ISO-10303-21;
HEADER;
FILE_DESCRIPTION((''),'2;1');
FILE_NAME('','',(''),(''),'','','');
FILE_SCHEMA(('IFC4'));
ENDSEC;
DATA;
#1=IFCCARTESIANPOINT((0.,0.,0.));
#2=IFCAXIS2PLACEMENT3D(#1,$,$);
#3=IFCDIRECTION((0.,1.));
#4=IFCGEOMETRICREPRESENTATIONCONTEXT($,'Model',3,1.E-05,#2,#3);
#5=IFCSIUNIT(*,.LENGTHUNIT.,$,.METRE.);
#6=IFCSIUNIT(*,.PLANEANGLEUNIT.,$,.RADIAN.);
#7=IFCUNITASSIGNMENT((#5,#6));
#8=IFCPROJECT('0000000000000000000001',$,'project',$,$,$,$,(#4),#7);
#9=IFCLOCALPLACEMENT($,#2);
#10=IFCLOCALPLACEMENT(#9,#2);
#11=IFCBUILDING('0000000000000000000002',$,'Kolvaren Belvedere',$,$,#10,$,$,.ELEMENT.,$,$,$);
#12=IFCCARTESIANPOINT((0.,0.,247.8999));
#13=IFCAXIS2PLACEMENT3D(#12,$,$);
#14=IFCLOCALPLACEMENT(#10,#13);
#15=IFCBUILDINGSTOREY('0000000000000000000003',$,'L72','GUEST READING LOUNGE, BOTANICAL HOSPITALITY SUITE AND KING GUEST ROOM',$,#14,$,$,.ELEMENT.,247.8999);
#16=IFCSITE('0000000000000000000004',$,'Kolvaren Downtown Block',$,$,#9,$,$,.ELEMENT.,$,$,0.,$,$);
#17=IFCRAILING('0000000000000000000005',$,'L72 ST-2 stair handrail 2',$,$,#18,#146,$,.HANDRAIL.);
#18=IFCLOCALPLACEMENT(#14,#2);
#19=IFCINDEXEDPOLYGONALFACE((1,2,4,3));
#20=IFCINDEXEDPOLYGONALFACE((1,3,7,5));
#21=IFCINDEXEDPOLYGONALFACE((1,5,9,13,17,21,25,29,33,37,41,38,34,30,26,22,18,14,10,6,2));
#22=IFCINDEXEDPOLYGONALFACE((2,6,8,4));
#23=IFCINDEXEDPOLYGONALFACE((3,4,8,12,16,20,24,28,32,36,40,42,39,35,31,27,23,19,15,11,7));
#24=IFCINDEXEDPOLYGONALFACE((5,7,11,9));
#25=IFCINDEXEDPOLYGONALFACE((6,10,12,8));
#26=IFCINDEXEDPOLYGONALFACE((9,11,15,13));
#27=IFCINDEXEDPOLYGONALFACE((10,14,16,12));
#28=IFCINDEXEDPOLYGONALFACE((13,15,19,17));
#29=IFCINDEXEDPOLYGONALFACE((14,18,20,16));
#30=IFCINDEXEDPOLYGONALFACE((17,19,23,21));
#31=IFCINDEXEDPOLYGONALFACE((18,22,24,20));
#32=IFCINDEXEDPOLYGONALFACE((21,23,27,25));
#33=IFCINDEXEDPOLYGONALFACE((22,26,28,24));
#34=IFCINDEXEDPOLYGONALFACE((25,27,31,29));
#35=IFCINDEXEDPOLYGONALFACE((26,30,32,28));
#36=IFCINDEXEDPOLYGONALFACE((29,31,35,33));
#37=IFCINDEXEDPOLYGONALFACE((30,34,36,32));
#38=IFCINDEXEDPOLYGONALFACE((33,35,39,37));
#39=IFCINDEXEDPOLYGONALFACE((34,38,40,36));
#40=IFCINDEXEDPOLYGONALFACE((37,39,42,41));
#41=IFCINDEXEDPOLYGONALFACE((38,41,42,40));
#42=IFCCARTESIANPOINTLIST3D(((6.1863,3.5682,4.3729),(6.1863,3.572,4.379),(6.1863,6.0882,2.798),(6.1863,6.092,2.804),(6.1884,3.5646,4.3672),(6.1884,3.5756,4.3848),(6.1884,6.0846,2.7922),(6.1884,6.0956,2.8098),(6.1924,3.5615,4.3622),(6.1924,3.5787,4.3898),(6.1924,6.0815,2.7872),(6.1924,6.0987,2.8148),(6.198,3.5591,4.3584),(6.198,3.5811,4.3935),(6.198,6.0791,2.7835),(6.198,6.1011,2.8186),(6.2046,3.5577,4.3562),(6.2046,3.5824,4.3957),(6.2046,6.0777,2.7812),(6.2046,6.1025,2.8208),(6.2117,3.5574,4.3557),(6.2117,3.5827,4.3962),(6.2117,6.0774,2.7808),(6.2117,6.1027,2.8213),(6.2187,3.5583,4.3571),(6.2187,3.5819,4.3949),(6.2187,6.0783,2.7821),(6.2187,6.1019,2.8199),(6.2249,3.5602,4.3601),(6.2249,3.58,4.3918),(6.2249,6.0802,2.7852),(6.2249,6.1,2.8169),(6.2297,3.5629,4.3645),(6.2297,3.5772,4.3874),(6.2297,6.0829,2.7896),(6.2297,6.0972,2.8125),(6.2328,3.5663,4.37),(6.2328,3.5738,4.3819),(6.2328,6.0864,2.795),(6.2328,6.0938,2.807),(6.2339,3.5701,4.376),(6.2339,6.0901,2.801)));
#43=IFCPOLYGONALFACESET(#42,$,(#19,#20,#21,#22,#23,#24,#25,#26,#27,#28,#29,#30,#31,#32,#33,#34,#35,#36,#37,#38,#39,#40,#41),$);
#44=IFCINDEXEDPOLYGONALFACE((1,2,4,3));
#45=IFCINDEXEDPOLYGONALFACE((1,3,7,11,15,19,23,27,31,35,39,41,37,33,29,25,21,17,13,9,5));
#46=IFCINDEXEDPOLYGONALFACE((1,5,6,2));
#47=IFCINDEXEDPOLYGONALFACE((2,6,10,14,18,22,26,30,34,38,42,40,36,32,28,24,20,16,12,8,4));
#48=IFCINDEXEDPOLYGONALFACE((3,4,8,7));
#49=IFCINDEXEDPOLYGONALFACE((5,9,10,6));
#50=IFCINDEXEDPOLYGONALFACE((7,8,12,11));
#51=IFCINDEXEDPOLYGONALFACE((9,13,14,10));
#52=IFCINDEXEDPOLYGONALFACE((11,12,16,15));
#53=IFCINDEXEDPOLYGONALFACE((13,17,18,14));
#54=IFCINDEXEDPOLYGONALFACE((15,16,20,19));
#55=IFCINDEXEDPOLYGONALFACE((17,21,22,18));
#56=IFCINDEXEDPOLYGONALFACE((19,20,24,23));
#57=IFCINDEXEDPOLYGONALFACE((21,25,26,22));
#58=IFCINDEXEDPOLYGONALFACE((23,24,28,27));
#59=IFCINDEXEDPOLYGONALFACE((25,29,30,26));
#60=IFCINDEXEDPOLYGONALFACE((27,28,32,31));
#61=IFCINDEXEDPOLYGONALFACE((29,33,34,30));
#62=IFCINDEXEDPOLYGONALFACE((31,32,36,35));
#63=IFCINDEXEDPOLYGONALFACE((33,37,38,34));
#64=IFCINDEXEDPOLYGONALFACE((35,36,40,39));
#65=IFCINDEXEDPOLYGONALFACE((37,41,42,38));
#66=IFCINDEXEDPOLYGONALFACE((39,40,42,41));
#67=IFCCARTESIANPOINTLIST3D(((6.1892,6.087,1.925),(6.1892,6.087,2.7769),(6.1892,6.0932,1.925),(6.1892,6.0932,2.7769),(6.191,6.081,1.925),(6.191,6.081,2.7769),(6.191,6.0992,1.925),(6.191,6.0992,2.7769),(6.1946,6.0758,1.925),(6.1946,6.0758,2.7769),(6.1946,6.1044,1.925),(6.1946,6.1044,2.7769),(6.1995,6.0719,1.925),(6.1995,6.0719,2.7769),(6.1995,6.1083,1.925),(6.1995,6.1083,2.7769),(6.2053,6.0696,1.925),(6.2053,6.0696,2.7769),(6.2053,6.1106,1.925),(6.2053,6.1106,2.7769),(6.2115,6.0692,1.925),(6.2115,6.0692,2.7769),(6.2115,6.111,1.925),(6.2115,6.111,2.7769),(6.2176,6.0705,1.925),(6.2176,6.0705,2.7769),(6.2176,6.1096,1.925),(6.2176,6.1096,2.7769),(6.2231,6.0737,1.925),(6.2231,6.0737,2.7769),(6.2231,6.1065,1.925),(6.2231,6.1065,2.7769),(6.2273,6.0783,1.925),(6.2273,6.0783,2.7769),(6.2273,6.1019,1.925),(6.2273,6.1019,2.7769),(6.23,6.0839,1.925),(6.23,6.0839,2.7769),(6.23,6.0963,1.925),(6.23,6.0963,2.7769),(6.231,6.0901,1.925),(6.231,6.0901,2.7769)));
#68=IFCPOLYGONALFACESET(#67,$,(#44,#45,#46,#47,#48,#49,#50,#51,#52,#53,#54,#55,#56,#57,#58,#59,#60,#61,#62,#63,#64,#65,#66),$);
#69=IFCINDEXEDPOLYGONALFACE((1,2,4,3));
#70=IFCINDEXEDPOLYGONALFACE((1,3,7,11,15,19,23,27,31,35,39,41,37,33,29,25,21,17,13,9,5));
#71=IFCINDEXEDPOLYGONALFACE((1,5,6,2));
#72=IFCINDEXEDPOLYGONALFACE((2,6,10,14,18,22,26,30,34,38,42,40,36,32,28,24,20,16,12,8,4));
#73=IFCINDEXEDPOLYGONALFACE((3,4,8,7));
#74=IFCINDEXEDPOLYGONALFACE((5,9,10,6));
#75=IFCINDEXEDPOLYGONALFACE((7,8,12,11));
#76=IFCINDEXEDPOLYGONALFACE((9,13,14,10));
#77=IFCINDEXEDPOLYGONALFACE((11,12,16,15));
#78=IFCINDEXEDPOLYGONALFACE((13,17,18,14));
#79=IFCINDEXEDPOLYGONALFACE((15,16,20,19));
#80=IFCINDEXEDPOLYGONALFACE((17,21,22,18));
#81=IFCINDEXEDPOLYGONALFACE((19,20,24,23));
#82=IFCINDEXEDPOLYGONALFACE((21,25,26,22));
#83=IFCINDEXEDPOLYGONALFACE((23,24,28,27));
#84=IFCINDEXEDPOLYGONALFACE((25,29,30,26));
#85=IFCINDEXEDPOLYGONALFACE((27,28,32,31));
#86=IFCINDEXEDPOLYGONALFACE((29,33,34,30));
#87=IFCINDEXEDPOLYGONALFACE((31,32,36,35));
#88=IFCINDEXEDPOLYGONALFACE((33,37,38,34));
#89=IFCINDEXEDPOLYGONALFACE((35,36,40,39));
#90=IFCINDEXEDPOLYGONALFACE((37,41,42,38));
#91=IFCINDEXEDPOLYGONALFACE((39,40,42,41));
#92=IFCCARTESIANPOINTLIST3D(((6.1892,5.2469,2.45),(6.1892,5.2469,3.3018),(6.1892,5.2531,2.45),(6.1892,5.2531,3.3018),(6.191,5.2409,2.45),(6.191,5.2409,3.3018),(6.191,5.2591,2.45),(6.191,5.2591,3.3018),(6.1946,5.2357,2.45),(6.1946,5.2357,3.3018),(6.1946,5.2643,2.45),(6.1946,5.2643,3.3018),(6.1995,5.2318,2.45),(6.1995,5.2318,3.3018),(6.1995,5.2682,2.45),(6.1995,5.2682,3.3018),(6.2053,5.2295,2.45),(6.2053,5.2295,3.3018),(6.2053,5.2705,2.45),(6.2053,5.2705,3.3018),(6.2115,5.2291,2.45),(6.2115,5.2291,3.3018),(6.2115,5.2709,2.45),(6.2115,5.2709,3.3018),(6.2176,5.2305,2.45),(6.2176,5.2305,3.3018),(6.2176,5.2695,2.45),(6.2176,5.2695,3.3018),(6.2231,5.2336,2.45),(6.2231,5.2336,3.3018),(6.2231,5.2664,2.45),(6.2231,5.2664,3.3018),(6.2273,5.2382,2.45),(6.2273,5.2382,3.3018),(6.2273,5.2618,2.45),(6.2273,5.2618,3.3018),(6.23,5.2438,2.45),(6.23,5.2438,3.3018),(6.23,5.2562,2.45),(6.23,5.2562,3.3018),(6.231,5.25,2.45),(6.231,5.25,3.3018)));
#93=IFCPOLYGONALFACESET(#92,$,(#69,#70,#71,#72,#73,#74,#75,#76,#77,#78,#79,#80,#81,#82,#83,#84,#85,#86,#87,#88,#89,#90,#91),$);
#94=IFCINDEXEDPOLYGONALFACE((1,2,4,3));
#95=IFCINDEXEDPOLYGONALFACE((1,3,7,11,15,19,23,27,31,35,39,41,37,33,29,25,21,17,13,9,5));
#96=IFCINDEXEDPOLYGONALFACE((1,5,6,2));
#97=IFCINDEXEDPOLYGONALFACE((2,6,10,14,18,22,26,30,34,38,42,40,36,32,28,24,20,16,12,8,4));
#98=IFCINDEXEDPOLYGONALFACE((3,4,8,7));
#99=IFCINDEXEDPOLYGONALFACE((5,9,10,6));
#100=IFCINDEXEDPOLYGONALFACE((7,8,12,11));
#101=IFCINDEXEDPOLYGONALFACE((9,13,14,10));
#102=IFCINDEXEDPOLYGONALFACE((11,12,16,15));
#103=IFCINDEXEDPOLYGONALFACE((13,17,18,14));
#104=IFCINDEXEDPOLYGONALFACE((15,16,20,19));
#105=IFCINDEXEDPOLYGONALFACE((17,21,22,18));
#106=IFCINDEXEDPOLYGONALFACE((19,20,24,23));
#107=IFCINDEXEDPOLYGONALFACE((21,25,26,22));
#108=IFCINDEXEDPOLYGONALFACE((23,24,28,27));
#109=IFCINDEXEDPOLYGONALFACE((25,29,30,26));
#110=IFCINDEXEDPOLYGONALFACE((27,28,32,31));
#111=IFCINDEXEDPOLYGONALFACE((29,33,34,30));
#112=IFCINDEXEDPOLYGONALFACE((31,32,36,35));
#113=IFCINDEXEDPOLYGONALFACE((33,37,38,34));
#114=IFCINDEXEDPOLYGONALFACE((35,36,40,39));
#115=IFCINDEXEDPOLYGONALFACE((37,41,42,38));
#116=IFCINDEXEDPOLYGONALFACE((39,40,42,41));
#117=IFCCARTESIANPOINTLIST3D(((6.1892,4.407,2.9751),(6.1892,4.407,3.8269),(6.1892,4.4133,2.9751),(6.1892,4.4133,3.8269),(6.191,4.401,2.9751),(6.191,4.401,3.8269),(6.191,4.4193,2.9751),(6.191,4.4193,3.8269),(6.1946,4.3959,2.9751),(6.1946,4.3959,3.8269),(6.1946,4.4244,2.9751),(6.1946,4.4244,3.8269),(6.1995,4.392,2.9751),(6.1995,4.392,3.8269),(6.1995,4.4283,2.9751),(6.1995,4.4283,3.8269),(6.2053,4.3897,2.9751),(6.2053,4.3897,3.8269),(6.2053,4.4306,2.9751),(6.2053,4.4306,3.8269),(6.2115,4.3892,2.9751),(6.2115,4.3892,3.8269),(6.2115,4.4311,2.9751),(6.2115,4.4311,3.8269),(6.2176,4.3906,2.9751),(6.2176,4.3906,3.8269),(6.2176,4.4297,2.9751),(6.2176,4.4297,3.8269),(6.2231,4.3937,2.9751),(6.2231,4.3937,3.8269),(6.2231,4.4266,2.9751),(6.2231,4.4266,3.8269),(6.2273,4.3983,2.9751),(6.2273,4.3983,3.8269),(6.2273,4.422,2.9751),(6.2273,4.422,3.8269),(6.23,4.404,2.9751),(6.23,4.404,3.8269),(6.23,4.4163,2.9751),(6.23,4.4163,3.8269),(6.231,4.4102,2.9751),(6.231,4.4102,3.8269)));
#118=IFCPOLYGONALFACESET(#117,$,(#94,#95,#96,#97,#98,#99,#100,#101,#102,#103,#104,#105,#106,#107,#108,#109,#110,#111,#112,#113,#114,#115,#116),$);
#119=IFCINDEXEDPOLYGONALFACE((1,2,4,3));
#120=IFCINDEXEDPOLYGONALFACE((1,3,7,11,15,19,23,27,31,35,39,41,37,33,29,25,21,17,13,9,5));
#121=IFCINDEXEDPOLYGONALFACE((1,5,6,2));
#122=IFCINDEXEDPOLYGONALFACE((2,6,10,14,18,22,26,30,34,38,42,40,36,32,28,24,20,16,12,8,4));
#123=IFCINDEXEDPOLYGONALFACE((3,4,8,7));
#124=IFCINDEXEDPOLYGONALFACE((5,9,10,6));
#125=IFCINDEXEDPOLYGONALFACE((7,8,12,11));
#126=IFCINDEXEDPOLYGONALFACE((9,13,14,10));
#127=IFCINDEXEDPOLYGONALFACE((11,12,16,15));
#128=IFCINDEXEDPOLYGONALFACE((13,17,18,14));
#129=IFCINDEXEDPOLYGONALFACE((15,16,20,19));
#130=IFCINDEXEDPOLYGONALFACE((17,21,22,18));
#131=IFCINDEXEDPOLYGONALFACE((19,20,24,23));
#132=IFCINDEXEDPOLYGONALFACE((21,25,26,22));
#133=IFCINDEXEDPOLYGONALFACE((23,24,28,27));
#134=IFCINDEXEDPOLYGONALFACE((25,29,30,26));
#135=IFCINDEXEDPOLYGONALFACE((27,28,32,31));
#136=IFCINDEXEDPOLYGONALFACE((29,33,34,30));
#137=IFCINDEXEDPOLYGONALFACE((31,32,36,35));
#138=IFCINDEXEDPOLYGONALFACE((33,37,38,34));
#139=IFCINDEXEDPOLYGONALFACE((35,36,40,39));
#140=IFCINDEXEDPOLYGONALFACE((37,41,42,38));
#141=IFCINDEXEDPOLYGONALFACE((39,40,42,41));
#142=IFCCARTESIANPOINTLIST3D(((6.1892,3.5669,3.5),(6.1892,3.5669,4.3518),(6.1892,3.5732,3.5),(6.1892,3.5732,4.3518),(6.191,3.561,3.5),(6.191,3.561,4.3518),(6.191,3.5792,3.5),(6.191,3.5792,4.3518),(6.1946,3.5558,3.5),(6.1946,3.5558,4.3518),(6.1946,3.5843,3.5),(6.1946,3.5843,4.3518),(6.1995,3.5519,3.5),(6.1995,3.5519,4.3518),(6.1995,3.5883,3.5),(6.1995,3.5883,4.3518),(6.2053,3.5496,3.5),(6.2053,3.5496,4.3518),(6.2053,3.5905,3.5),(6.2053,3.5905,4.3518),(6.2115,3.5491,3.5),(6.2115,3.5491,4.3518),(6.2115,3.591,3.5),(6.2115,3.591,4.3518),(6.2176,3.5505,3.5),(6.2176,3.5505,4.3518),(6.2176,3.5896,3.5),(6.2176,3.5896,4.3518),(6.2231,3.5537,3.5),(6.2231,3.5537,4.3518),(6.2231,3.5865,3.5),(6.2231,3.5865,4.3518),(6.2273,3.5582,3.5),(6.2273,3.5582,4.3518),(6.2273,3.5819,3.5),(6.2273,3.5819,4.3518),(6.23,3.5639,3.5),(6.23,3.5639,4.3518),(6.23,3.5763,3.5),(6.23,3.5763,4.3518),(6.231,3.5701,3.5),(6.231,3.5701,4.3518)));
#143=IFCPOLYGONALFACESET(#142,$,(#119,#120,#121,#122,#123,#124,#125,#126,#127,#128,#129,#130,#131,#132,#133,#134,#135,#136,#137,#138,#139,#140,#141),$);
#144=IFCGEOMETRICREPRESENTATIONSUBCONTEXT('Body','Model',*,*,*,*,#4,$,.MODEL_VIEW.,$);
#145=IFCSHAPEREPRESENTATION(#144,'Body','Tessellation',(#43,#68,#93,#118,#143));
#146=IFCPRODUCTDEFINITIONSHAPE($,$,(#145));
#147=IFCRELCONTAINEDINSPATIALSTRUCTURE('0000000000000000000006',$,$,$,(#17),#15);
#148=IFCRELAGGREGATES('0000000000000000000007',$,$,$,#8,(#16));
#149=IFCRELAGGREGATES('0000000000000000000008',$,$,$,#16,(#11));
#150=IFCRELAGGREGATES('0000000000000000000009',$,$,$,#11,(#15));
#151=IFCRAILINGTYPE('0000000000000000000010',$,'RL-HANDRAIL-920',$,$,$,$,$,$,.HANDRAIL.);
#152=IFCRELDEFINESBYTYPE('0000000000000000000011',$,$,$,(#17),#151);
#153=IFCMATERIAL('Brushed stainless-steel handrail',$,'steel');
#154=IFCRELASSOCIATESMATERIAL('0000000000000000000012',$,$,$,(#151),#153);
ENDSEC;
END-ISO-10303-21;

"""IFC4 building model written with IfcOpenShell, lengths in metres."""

from ifc_helpers import new_model, si_unit, direction, frame, origin, origin_2d, place, context, subcontext, project, spatial, circle, extrude, material, type_object, element, save


model = new_model("IFC4")

# Units and contexts
model_context = context("Model", 3, precision=1e-05, world=origin(), true_north=direction((0.0, 1.0)))
body_context = subcontext(model_context, "Body", "Model", "MODEL_VIEW")
ifc_project = project(units=[si_unit("LENGTHUNIT", "METRE"), si_unit("PLANEANGLEUNIT", "RADIAN")], contexts=[model_context])

# Site, building, storey
site_placement = place(None, origin())
site = spatial("IfcSite", under=ifc_project, at=site_placement, Name="Kolvaren Downtown Block", CompositionType="ELEMENT", RefElevation=0.0)
building_placement = place(site_placement, origin())
building = spatial("IfcBuilding", under=site, at=building_placement, Name="Kolvaren Belvedere", CompositionType="ELEMENT")
storey_placement = place(building_placement, frame((0.0, 0.0, 247.8999)))
storey = spatial("IfcBuildingStorey", under=building, at=storey_placement, Name="L72", Description="GUEST READING LOUNGE, BOTANICAL HOSPITALITY SUITE AND KING GUEST ROOM", CompositionType="ELEMENT", Elevation=247.8999)

# Railing
ifc_material_1 = material(Name="Brushed stainless-steel handrail", Category="steel")
railing_type_1 = type_object("IfcRailingType", Name="RL-HANDRAIL-920", PredefinedType="HANDRAIL", material=ifc_material_1)
railing_1_placement = place(storey_placement, frame((6.21, 6.0901, 1.925)))
element("IfcRailing", 1, at=railing_1_placement, inside=storey, type_object=railing_type_1, Name="L72 ST-2 stair handrail 2", PredefinedType="HANDRAIL", context=body_context, shape_type="SweptSolid", body=[
    extrude(circle(Radius=0.0239, at=origin_2d()), frame((0.0, 0.0, 0.876), z_axis=(0.0, -0.848008, 0.529984), x_axis=(1.0, 0.0, 0.0)), (0.0, 0.0, 1.0), 2.9717),
    extrude(circle(Radius=0.021, at=origin_2d()), origin(), (0.0, 0.0, 1.0), 0.8518),
    extrude(circle(Radius=0.021, at=origin_2d()), frame((0.0, -0.8401, 0.5249)), (0.0, 0.0, 1.0), 0.8518),
    extrude(circle(Radius=0.021, at=origin_2d()), frame((0.0, -1.6799, 1.05)), (0.0, 0.0, 1.0), 0.8518),
    extrude(circle(Radius=0.021, at=origin_2d()), frame((0.0, -2.52, 1.575)), (0.0, 0.0, 1.0), 0.8518),
])

save(model, "model.ifc")
